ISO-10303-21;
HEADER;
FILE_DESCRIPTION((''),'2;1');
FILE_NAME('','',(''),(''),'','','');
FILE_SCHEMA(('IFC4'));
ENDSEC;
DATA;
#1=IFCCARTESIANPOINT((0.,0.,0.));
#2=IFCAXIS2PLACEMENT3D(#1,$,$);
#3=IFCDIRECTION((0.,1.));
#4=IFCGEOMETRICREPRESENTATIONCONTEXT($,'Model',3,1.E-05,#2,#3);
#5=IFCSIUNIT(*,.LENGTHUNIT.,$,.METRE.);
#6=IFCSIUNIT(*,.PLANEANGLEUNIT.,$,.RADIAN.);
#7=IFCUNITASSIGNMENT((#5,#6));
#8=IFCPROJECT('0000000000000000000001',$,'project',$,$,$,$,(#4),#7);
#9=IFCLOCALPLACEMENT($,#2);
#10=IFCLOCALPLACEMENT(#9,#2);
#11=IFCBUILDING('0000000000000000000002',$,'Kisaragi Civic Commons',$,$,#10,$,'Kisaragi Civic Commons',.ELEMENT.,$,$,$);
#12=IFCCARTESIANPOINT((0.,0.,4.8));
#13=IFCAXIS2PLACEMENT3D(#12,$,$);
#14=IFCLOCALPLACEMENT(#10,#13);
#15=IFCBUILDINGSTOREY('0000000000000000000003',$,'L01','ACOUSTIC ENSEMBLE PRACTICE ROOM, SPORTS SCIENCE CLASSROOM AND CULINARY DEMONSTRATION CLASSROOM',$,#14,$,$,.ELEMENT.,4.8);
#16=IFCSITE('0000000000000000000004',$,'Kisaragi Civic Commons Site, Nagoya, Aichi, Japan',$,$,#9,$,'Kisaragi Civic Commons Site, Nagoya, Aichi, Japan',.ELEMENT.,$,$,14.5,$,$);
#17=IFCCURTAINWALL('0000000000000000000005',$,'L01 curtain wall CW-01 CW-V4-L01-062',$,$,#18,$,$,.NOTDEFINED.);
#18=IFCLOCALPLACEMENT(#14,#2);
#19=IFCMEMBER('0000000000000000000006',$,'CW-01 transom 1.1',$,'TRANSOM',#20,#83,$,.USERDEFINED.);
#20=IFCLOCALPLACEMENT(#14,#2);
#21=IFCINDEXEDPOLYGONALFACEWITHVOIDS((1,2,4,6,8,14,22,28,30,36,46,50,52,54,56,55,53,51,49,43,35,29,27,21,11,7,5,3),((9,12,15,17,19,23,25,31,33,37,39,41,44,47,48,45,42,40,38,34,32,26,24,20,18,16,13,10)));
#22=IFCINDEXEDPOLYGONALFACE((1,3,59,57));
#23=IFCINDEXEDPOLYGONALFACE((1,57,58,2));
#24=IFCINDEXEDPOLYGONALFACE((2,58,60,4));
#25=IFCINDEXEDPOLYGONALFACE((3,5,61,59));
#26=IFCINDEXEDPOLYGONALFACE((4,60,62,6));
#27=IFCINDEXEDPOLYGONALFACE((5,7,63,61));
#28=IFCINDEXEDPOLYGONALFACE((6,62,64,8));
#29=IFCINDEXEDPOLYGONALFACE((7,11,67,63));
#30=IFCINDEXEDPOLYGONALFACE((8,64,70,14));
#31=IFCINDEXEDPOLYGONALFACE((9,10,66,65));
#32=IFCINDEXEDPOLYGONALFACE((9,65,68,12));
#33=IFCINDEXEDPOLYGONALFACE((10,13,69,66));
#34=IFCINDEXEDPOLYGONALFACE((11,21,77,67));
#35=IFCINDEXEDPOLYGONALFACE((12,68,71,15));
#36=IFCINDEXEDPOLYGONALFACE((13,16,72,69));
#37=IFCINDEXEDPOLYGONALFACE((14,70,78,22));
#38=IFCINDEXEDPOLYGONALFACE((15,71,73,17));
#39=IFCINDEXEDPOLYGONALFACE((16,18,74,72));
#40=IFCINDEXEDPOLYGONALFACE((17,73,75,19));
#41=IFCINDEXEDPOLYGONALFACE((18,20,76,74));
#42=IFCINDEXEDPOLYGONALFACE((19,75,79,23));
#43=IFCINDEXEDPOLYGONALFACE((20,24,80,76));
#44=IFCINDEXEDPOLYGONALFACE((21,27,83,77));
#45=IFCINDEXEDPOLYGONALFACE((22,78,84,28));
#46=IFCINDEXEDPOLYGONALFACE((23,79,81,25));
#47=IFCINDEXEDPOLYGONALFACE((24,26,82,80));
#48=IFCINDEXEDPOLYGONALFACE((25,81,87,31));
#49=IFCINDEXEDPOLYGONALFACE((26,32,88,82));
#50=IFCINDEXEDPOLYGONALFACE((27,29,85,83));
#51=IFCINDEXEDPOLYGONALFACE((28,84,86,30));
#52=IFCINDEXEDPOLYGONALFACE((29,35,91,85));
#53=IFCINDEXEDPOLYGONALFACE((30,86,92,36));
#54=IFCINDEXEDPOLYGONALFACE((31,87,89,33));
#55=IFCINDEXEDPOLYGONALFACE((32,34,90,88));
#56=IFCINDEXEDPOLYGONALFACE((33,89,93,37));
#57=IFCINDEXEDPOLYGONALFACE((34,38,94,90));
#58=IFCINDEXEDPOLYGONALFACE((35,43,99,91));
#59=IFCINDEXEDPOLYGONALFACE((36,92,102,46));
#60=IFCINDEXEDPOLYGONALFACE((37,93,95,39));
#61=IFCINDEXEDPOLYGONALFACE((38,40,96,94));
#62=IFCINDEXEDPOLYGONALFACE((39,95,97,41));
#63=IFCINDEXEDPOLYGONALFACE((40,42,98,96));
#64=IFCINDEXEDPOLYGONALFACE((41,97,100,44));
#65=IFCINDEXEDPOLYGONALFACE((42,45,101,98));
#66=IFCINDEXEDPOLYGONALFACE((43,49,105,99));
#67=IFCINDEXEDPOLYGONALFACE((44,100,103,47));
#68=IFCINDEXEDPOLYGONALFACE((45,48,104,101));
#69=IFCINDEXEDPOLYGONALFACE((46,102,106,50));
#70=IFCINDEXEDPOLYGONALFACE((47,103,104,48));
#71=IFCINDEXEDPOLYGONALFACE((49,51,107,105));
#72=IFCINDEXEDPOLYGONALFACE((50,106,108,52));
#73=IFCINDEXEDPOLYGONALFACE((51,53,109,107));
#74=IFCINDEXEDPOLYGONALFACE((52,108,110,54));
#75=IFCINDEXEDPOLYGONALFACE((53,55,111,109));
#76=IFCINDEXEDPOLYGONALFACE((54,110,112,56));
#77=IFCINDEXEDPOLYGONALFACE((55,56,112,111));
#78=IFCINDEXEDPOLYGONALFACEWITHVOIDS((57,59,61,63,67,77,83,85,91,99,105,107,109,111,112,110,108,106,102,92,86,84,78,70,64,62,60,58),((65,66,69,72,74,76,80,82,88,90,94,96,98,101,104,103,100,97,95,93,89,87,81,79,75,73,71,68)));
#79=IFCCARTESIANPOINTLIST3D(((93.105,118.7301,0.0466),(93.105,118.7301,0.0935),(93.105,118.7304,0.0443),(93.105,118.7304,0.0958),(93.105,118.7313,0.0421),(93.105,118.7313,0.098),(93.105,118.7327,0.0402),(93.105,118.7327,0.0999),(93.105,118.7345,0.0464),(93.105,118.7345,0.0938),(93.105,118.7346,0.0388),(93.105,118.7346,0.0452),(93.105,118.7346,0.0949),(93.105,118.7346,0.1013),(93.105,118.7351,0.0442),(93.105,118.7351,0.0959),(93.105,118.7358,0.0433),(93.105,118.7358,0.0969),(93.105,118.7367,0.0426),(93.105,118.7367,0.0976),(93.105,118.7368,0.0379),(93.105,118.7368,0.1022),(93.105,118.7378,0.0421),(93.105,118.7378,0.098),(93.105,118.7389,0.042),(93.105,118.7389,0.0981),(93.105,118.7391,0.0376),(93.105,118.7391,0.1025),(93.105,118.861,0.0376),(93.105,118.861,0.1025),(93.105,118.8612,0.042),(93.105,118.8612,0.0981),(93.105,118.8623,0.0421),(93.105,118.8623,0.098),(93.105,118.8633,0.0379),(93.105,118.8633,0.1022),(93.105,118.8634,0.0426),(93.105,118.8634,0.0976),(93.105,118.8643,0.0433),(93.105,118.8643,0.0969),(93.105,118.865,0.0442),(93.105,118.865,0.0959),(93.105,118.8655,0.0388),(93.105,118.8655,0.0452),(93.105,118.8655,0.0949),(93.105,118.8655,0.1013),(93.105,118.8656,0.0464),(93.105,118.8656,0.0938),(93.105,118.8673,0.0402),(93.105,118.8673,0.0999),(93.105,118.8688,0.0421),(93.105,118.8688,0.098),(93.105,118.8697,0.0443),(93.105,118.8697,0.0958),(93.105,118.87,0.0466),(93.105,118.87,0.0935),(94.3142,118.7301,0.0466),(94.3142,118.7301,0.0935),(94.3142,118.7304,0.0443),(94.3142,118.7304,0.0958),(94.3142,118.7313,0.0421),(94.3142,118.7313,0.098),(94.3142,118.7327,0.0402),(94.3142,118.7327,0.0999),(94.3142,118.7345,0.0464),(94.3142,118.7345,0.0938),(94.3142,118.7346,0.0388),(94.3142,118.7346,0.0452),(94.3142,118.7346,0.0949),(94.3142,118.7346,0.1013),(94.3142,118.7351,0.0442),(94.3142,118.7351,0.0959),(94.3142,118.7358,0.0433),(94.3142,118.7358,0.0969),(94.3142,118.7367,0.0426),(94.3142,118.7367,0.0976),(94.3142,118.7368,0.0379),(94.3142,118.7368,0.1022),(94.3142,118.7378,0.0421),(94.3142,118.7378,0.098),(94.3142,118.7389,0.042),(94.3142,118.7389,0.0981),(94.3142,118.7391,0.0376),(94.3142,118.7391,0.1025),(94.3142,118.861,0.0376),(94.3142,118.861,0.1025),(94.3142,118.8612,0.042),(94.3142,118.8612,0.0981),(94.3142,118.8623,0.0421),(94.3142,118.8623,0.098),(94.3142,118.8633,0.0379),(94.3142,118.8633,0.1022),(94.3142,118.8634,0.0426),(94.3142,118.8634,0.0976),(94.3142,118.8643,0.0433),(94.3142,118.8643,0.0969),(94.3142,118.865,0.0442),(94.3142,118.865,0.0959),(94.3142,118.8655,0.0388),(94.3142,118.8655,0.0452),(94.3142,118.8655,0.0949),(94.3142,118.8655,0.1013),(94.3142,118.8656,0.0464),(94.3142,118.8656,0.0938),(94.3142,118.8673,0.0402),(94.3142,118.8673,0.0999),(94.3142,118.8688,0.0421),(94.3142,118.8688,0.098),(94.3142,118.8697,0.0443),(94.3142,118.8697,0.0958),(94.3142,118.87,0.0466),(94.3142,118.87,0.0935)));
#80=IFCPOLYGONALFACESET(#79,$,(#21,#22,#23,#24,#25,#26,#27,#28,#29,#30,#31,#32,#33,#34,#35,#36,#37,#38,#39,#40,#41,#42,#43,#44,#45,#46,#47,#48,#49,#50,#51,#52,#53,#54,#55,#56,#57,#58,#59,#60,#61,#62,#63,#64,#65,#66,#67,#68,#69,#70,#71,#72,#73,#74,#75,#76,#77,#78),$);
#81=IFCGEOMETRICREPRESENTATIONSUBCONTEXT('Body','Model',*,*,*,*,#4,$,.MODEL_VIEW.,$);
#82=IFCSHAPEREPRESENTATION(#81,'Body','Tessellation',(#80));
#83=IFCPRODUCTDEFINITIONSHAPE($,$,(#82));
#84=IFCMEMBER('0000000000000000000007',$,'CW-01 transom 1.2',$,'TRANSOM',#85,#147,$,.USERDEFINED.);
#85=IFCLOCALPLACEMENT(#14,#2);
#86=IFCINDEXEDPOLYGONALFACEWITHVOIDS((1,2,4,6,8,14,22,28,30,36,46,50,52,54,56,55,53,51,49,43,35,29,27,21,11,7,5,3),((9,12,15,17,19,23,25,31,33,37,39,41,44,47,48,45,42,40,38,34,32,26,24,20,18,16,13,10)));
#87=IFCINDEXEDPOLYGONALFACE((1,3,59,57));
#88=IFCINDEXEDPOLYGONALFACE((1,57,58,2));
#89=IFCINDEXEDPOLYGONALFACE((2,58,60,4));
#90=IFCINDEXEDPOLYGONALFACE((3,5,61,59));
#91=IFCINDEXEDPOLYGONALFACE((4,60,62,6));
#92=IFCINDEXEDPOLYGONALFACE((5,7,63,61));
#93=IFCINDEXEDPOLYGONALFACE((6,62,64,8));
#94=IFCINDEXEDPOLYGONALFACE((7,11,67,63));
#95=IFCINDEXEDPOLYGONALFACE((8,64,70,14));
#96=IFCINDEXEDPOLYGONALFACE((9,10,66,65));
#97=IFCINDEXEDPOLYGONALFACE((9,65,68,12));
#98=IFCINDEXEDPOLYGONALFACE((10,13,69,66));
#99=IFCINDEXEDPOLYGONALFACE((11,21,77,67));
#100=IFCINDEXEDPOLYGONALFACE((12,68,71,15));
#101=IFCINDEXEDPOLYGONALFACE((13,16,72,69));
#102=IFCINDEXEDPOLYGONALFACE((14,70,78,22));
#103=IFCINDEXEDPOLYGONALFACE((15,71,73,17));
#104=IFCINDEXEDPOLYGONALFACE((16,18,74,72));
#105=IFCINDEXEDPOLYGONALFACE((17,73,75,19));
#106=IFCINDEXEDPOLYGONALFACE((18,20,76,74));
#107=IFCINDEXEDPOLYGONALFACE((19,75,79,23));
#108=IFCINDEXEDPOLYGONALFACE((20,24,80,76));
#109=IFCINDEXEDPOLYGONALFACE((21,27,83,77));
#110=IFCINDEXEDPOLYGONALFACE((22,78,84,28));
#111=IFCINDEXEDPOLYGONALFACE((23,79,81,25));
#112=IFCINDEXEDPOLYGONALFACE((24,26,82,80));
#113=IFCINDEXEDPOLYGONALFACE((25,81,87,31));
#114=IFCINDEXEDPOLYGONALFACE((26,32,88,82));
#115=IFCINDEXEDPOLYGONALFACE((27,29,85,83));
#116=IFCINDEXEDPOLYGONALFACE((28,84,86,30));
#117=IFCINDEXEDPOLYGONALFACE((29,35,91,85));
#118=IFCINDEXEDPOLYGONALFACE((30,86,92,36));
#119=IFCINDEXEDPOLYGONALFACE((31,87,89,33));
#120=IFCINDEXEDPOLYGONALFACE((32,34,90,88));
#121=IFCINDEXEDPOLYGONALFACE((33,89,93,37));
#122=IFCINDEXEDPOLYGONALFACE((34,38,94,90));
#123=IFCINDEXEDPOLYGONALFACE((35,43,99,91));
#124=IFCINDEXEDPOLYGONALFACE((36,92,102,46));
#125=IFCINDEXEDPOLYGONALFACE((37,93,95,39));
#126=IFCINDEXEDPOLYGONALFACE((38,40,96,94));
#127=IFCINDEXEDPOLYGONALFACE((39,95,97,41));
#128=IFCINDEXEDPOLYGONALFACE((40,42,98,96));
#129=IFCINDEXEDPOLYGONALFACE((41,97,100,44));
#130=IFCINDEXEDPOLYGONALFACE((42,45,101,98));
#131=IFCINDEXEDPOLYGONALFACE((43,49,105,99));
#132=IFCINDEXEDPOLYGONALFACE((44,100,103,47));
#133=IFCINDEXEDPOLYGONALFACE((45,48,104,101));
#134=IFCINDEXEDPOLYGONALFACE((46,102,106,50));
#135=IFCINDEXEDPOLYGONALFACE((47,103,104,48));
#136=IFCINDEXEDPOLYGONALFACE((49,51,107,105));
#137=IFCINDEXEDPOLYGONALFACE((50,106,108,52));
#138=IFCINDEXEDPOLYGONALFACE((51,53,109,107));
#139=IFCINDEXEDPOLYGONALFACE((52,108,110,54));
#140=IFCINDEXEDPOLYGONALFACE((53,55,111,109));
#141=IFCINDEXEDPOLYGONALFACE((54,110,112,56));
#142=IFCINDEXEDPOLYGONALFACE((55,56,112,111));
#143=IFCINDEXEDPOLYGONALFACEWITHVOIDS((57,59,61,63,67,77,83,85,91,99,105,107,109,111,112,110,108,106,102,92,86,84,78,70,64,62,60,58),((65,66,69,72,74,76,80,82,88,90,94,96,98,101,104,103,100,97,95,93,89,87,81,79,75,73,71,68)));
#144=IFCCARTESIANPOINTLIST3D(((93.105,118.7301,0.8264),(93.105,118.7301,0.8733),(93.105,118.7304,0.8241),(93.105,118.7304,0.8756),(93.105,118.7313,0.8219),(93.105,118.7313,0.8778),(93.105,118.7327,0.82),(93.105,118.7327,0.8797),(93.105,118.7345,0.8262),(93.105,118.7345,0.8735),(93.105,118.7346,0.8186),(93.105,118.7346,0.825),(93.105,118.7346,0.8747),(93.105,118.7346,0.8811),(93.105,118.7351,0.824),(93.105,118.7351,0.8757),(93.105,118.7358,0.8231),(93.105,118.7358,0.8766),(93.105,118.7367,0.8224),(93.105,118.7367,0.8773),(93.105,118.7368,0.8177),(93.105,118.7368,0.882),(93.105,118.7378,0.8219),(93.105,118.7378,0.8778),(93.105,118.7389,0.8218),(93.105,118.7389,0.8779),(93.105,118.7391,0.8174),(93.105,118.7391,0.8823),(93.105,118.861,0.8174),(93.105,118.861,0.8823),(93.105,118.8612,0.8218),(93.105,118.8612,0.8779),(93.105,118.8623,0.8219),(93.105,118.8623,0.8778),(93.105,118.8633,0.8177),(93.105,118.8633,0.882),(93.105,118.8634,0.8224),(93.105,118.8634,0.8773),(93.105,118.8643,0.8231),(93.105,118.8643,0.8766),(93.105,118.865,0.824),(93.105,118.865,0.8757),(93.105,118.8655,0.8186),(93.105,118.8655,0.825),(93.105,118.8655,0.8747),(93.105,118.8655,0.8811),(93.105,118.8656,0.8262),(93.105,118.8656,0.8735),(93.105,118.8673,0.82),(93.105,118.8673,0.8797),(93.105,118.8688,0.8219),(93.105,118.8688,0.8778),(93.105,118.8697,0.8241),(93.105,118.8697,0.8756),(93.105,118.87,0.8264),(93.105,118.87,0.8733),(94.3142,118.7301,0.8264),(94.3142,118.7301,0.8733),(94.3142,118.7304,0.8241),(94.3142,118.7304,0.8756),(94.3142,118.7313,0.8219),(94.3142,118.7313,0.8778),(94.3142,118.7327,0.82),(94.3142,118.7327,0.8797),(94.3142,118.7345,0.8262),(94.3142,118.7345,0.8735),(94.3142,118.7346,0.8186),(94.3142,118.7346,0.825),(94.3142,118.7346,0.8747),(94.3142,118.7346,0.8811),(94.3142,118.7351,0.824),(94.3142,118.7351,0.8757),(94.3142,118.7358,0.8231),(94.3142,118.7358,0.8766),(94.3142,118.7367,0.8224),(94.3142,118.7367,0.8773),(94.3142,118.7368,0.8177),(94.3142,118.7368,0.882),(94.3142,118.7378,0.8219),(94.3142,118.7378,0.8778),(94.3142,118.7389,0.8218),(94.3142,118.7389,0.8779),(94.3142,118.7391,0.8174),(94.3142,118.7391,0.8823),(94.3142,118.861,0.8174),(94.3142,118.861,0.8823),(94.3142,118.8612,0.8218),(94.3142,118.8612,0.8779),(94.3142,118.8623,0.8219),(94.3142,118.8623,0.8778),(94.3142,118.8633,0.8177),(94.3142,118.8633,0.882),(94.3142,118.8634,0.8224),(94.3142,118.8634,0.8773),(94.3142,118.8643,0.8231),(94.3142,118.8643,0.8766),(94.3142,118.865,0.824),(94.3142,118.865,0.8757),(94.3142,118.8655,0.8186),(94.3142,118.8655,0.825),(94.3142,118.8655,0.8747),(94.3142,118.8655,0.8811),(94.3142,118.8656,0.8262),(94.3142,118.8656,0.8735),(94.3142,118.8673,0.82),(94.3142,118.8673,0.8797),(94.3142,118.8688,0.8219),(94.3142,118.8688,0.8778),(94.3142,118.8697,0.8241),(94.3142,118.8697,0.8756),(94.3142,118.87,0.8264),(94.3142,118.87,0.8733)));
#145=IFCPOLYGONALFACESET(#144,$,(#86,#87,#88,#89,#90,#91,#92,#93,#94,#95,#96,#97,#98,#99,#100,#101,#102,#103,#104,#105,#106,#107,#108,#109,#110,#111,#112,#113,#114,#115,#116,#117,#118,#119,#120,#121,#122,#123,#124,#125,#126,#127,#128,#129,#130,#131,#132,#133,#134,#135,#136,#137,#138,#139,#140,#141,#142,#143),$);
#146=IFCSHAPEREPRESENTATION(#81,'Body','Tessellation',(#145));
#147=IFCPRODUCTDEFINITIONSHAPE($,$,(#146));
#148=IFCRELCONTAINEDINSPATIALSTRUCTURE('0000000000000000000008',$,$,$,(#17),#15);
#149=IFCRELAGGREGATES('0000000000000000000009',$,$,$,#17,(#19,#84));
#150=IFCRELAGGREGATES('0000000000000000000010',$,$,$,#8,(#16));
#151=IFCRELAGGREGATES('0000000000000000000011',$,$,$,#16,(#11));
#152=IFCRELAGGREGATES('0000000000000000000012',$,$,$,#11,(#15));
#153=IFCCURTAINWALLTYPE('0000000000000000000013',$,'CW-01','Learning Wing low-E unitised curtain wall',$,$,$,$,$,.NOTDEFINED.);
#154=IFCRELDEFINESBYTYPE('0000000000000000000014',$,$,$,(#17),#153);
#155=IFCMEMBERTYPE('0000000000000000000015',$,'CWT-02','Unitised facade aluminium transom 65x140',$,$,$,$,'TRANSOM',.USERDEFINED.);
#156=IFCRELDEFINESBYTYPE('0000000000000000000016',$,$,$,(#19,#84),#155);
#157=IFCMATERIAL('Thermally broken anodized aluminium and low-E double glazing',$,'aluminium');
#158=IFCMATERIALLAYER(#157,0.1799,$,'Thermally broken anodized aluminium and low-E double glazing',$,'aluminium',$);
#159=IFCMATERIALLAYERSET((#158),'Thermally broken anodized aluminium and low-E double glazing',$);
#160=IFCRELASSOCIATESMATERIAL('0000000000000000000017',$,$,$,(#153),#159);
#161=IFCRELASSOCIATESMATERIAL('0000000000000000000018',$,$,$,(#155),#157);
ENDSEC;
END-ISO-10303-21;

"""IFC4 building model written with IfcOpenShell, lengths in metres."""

from ifc_helpers import new_model, si_unit, direction, frame, origin, origin_2d, place, context, subcontext, project, spatial, hollow_rectangle, extrude, material, layer, layer_set, material_profile, profile_set, type_object, element, aggregate, save


model = new_model("IFC4")

# Units and contexts
model_context = context("Model", 3, precision=1e-05, world=origin(), true_north=direction((0.0, 1.0)))
body_context = subcontext(model_context, "Body", "Model", "MODEL_VIEW")
ifc_project = project(units=[si_unit("LENGTHUNIT", "METRE"), si_unit("PLANEANGLEUNIT", "RADIAN")], contexts=[model_context])

# Site, building, storey
site_placement = place(None, origin())
site = spatial("IfcSite", under=ifc_project, at=site_placement, Name="Kisaragi Civic Commons Site, Nagoya, Aichi, Japan", LongName="Kisaragi Civic Commons Site, Nagoya, Aichi, Japan", CompositionType="ELEMENT", RefElevation=14.5)
building_placement = place(site_placement, origin())
building = spatial("IfcBuilding", under=site, at=building_placement, Name="Kisaragi Civic Commons", LongName="Kisaragi Civic Commons", CompositionType="ELEMENT")
storey_placement = place(building_placement, frame((0.0, 0.0, 4.8)))
storey = spatial("IfcBuildingStorey", under=building, at=storey_placement, Name="L01", Description="ACOUSTIC ENSEMBLE PRACTICE ROOM, SPORTS SCIENCE CLASSROOM AND CULINARY DEMONSTRATION CLASSROOM", CompositionType="ELEMENT", Elevation=4.8)

# Curtain wall
ifc_material_1 = material(Name="Thermally broken anodized aluminium and low-E double glazing", Category="aluminium")
ifc_layer_1 = layer(ifc_material_1, 0.1799, Name="Thermally broken anodized aluminium and low-E double glazing", Category="aluminium")
ifc_layer_set_1 = layer_set([ifc_layer_1], Name="Thermally broken anodized aluminium and low-E double glazing")
curtain_wall_type = type_object("IfcCurtainWallType", Name="CW-01", Description="Learning Wing low-E unitised curtain wall", PredefinedType="NOTDEFINED", material=ifc_layer_set_1)
curtain_wall_1_placement = place(storey_placement, origin())
curtain_wall_1 = element("IfcCurtainWall", 1, at=curtain_wall_1_placement, inside=storey, type_object=curtain_wall_type, Name="L01 curtain wall CW-01 CW-V4-L01-062", PredefinedType="NOTDEFINED")

# Members
ifc_material_profile_1 = material_profile(ifc_material_1, hollow_rectangle(XDim=0.1399, YDim=0.0649, WallThickness=0.0044, InnerFilletRadius=0.0044, OuterFilletRadius=0.009, at=origin_2d()), Name="CWT-65x140x4.5", Category="aluminium")
ifc_profile_set_1 = profile_set([ifc_material_profile_1], Name="Thermally broken anodized aluminium and low-E double glazing")
member_type_1 = type_object("IfcMemberType", Name="CWT-02", Description="Unitised facade aluminium transom 65x140", ElementType="TRANSOM", PredefinedType="USERDEFINED", material=ifc_profile_set_1)
member_1_placement = place(storey_placement, frame((93.105, 118.8, 0.0701), z_axis=(1.0, 0.0, 0.0), x_axis=(0.0, 1.0, 0.0)))
member_1 = element("IfcMember", 2, at=member_1_placement, type_object=member_type_1, Name="CW-01 transom 1.1", ObjectType="TRANSOM", PredefinedType="USERDEFINED", context=body_context, shape_type="SweptSolid", body=[
    extrude(hollow_rectangle(XDim=0.1399, YDim=0.0649, WallThickness=0.0044, InnerFilletRadius=0.0044, OuterFilletRadius=0.009, at=origin_2d()), origin(), (0.0, 0.0, 1.0), 1.2092),
])
member_2_placement = place(storey_placement, frame((93.105, 118.8, 0.8499), z_axis=(1.0, 0.0, 0.0), x_axis=(0.0, 1.0, 0.0)))
member_2 = element("IfcMember", 3, at=member_2_placement, type_object=member_type_1, Name="CW-01 transom 1.2", ObjectType="TRANSOM", PredefinedType="USERDEFINED", context=body_context, shape_type="SweptSolid", body=[
    extrude(hollow_rectangle(XDim=0.1399, YDim=0.0649, WallThickness=0.0044, InnerFilletRadius=0.0044, OuterFilletRadius=0.009, at=origin_2d()), origin(), (0.0, 0.0, 1.0), 1.2092),
])
aggregate(curtain_wall_1, [member_1, member_2])

save(model, "model.ifc")
